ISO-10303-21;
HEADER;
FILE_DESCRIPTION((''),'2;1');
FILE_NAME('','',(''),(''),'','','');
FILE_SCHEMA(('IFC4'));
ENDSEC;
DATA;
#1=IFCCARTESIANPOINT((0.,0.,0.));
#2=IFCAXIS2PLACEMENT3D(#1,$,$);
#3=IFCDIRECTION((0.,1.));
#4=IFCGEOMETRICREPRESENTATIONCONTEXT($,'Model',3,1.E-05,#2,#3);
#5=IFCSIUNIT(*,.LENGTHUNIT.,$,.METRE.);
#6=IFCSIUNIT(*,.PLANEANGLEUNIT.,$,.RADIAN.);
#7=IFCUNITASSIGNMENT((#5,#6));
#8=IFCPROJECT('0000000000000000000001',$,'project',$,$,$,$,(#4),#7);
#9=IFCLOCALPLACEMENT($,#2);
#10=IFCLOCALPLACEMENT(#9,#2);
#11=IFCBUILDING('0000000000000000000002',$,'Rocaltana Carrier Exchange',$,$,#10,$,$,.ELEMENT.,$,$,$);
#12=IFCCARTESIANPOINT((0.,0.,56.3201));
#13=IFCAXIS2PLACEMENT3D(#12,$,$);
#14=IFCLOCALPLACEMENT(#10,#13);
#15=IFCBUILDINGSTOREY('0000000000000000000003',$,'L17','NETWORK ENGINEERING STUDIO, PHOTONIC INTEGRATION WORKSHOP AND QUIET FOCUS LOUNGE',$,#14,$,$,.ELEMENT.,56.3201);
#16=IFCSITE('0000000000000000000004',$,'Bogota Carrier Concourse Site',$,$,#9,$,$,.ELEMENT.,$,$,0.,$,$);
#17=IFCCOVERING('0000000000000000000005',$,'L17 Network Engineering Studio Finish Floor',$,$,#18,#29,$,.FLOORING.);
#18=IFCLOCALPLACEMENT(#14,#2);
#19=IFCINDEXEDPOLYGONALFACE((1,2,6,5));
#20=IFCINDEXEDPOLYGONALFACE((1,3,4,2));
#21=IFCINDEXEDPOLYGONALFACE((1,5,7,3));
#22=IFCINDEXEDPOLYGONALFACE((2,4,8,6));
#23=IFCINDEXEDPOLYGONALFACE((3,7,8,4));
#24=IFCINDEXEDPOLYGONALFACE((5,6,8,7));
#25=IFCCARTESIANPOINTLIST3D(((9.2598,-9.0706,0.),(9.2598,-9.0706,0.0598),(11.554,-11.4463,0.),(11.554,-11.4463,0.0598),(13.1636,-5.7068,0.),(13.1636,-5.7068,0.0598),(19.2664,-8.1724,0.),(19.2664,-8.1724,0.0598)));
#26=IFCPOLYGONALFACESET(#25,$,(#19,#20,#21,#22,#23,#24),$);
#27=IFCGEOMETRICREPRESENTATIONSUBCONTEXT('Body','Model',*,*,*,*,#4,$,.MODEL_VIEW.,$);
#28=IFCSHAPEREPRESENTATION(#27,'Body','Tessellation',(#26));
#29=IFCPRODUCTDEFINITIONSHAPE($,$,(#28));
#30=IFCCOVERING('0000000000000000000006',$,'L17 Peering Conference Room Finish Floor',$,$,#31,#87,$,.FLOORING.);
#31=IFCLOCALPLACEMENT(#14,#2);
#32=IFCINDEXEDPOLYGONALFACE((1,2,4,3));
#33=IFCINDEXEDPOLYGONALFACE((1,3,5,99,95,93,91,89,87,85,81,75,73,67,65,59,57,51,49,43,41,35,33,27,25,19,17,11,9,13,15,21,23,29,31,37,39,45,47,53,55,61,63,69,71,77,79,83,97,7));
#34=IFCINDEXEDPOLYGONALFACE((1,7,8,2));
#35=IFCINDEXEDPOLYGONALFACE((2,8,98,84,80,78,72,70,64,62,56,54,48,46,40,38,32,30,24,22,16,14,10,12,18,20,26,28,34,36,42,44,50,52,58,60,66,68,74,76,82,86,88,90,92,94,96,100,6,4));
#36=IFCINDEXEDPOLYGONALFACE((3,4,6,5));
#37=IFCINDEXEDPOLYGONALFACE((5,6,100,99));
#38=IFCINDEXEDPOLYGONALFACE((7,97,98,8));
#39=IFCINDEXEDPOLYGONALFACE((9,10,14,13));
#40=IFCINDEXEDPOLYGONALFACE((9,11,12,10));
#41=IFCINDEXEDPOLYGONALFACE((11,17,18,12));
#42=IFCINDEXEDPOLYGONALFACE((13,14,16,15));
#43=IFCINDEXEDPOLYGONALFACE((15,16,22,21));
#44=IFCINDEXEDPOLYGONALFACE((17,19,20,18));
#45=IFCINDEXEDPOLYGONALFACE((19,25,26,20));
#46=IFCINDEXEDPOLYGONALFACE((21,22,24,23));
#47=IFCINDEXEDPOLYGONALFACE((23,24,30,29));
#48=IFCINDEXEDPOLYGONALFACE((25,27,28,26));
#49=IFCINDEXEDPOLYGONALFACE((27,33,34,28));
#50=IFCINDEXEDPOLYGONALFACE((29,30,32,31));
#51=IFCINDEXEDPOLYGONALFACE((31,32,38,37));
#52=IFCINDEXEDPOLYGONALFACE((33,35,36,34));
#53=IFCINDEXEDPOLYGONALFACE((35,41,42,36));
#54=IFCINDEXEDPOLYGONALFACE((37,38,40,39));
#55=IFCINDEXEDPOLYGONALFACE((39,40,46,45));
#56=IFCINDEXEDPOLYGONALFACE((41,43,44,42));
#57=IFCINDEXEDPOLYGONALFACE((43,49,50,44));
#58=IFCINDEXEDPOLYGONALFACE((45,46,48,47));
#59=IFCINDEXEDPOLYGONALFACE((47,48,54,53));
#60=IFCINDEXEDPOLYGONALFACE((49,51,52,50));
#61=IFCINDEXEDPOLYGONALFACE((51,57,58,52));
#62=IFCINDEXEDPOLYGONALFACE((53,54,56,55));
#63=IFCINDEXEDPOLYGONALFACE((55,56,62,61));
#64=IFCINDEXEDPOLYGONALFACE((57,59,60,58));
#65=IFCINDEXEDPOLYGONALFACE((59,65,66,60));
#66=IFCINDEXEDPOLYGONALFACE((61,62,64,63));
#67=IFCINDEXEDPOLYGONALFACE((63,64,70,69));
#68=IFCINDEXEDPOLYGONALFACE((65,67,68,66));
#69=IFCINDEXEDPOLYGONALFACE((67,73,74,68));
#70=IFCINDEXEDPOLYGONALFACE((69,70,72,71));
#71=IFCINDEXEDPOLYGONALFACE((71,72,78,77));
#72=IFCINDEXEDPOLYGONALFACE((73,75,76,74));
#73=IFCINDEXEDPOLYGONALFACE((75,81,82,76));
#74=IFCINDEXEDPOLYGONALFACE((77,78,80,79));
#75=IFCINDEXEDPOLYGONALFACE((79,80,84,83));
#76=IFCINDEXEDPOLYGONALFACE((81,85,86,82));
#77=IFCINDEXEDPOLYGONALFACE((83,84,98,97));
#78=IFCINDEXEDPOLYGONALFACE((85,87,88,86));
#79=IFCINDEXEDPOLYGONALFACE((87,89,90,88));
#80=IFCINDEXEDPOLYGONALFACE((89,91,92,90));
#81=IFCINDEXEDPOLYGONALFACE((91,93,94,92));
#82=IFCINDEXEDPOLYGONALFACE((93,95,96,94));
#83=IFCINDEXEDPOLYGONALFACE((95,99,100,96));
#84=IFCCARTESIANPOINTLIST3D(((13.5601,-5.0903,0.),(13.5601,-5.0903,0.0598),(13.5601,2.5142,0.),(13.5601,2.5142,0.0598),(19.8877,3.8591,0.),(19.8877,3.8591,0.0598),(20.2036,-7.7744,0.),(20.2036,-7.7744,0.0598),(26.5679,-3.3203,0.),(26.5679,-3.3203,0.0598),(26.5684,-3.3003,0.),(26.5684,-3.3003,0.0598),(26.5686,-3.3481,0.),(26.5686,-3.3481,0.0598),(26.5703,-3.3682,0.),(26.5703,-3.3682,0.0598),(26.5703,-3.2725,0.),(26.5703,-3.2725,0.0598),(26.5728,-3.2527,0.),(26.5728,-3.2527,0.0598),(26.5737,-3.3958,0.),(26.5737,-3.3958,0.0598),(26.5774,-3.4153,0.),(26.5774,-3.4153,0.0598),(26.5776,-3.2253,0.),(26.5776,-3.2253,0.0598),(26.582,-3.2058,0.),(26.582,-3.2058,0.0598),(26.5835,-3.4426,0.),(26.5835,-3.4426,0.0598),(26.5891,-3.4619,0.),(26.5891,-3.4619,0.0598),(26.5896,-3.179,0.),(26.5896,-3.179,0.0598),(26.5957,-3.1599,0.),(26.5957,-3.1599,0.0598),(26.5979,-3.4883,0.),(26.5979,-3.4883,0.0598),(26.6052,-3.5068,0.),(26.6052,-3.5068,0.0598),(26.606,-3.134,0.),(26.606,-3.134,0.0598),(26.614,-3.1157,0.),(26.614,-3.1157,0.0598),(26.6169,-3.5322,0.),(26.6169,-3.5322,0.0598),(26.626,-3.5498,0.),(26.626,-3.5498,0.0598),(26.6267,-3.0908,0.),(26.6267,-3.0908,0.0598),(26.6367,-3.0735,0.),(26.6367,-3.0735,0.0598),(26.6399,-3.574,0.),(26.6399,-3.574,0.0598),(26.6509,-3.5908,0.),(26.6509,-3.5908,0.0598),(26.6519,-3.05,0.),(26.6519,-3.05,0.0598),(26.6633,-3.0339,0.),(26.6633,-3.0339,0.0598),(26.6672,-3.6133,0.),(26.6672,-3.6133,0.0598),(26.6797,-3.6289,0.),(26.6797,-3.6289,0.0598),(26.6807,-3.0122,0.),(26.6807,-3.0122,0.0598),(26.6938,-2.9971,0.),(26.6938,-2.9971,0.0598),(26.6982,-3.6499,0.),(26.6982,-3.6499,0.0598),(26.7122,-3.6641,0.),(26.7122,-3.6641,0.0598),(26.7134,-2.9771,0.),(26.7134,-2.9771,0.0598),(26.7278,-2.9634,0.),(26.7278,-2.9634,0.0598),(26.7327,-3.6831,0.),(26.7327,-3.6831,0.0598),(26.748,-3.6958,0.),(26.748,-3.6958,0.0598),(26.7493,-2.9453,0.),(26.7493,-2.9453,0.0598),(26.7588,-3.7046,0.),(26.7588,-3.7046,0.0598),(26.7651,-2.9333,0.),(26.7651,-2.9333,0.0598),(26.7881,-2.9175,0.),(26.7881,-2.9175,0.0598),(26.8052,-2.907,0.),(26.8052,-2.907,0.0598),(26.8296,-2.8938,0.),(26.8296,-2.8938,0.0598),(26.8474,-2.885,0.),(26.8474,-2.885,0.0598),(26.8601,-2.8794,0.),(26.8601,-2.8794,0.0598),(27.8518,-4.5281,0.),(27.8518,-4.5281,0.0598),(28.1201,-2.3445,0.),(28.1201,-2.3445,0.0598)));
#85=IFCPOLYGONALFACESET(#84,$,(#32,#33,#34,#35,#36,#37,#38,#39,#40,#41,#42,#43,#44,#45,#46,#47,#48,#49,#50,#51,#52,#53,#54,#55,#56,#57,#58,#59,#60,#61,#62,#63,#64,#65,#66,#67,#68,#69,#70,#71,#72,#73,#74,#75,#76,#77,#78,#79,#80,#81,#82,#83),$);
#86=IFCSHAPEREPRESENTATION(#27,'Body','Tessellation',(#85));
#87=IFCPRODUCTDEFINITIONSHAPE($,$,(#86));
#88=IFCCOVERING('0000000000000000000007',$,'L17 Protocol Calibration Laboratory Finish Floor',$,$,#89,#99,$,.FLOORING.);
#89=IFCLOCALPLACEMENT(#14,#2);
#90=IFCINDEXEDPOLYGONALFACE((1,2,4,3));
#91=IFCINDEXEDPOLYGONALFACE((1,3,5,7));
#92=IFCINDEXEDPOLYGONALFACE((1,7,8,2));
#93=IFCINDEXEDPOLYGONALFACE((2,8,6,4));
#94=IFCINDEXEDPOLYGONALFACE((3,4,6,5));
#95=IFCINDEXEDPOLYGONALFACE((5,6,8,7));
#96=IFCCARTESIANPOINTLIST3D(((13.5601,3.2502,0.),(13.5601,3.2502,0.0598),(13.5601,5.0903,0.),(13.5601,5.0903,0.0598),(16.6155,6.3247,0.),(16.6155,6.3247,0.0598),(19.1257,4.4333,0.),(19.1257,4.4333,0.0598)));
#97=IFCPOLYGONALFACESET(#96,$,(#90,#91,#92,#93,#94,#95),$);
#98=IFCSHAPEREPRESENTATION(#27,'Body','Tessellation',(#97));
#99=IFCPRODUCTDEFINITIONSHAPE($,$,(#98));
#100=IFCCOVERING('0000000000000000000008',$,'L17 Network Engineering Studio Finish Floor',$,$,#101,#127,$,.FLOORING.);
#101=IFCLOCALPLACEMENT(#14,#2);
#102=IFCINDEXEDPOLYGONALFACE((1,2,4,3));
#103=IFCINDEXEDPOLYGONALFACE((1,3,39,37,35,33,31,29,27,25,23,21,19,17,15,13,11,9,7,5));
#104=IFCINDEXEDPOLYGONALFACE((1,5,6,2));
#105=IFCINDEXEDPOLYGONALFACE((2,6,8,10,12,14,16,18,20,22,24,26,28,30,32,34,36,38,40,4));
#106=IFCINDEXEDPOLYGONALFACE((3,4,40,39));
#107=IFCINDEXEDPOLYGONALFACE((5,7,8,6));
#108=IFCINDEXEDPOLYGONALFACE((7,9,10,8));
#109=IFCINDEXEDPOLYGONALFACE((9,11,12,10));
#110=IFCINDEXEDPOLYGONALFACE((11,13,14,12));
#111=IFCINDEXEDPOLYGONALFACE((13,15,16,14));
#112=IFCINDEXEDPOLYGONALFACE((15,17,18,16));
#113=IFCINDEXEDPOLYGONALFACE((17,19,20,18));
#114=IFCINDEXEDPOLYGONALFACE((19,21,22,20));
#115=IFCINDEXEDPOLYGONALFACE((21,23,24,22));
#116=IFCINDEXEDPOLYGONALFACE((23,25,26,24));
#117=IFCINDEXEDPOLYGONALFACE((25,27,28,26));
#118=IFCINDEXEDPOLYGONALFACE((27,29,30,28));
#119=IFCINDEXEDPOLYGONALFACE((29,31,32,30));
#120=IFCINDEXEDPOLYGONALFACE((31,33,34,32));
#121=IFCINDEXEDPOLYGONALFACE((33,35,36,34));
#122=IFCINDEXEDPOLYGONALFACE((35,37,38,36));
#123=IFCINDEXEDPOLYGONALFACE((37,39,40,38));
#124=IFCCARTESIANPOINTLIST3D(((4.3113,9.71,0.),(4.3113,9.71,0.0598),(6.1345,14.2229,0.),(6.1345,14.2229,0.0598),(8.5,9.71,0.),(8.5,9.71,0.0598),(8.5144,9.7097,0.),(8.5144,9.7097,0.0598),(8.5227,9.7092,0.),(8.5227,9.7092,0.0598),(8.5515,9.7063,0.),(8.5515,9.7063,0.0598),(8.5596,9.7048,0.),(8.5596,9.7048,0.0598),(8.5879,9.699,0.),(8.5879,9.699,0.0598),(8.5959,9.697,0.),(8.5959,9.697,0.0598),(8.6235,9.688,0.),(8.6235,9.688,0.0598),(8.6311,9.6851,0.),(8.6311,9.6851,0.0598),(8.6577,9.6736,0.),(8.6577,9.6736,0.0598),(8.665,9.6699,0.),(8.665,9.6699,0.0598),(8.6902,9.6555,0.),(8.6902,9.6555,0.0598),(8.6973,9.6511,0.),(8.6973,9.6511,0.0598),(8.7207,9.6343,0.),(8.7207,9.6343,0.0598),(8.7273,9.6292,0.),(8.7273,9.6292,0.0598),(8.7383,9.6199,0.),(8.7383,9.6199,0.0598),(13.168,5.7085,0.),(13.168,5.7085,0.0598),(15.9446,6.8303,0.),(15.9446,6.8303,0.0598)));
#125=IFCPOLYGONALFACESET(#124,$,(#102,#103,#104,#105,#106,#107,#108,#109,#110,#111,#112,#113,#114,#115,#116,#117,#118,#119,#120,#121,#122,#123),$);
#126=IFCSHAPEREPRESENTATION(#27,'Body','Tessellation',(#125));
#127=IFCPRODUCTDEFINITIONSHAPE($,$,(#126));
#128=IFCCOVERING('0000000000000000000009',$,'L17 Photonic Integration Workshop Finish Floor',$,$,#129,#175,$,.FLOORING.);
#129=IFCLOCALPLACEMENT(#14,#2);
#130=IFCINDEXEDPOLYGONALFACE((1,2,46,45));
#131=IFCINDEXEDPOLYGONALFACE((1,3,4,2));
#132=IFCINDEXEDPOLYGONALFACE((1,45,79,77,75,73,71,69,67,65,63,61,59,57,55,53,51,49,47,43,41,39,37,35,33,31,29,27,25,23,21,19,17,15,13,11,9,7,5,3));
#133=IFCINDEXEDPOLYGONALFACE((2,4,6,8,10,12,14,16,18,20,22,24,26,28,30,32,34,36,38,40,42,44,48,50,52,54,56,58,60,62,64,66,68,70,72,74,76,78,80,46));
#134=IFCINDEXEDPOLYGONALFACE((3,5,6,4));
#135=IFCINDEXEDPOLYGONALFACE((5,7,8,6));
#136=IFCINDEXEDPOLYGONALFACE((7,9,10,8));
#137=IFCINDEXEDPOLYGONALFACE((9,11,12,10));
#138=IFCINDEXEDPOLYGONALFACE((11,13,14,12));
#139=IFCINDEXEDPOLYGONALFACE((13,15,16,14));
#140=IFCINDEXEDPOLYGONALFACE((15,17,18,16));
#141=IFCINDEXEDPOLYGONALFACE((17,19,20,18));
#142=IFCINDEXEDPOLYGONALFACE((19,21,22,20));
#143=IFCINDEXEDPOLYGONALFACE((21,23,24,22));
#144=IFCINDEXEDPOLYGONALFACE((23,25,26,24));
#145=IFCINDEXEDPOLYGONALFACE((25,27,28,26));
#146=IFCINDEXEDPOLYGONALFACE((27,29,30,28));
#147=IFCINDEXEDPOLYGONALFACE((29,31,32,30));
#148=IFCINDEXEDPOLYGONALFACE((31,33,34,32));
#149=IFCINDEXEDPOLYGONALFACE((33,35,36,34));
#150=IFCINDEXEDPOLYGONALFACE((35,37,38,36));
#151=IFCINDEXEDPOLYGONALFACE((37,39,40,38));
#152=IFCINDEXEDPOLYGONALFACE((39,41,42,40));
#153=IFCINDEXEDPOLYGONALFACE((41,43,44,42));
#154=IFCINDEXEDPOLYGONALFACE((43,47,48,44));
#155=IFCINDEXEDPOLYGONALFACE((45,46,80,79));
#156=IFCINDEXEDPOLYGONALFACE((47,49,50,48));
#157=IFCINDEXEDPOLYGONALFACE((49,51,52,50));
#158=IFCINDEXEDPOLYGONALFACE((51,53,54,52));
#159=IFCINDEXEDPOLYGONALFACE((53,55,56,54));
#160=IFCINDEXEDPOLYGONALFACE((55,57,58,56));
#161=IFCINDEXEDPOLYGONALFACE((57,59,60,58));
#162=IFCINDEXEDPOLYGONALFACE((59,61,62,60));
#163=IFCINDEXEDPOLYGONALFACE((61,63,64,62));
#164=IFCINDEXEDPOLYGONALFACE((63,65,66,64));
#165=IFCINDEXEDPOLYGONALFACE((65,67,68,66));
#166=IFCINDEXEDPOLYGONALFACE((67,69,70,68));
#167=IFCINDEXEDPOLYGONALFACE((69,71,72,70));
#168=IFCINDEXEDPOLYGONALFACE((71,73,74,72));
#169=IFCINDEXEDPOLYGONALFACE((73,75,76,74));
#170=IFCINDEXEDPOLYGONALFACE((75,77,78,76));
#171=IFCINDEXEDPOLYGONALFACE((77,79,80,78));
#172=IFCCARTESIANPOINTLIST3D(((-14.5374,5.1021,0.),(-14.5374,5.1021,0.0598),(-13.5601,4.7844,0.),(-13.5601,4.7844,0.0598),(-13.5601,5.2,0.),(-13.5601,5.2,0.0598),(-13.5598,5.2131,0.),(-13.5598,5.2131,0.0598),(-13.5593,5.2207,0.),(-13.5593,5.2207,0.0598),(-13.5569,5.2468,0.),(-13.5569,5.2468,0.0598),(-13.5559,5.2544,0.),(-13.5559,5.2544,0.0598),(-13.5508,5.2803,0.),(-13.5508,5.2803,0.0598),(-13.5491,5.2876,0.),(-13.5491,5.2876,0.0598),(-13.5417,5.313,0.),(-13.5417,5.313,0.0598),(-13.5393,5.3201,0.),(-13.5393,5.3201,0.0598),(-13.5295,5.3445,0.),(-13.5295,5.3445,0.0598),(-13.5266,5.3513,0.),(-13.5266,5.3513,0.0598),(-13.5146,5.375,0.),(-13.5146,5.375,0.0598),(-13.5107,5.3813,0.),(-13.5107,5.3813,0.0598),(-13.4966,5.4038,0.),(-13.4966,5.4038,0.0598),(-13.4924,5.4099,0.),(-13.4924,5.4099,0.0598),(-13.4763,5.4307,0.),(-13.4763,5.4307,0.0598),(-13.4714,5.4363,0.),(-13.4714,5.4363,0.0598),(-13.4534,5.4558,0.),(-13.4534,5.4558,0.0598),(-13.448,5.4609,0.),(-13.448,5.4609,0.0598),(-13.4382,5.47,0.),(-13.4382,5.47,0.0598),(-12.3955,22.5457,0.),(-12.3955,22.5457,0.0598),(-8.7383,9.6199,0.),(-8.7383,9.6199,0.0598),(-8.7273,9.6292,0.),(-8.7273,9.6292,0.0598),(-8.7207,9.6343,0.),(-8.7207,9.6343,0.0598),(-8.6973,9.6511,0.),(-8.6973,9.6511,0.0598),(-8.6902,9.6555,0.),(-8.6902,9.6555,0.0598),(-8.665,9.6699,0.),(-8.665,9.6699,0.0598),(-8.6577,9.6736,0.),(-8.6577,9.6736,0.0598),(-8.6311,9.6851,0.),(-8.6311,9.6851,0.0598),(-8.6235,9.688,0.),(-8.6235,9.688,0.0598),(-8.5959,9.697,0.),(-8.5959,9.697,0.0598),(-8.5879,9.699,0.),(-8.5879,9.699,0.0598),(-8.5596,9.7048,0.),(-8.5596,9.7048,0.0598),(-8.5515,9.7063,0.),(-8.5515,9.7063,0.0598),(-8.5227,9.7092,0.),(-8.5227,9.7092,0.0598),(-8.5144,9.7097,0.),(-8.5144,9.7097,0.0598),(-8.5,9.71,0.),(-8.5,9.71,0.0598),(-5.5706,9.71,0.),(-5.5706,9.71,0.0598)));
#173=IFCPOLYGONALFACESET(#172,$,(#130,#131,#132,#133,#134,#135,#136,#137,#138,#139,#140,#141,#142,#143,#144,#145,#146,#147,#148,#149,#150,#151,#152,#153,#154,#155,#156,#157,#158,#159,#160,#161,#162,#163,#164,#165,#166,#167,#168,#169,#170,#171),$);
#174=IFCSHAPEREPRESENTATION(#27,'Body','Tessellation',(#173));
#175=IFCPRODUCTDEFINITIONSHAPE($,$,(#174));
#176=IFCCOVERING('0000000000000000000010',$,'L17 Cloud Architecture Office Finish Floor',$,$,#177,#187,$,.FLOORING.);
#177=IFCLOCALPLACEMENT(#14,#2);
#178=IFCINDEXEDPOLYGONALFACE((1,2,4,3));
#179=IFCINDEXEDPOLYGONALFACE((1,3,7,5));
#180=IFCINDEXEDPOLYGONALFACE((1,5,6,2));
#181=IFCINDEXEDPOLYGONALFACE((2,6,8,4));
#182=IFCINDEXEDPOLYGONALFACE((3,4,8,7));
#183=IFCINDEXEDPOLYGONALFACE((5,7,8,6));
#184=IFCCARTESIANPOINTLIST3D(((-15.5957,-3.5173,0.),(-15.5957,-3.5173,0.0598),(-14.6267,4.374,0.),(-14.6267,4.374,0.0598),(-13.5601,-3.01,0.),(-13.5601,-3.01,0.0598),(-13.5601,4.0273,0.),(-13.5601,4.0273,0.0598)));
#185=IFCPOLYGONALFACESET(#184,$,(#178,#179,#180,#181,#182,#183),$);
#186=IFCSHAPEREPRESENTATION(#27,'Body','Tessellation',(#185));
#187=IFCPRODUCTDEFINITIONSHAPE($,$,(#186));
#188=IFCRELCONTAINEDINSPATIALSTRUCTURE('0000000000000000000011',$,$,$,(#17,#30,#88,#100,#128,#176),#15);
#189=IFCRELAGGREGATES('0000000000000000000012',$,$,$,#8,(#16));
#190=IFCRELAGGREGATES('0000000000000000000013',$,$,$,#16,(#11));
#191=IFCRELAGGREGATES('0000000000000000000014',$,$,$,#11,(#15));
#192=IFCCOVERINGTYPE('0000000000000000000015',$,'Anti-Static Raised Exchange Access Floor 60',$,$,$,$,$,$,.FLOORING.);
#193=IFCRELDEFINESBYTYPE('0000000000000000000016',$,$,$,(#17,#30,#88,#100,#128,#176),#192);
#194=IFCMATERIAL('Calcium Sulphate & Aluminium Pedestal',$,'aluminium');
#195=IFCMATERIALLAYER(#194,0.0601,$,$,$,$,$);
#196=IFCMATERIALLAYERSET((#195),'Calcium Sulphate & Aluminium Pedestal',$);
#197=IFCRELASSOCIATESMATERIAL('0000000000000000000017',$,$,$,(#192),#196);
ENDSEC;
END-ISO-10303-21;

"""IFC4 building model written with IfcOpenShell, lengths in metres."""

from ifc_helpers import new_model, si_unit, direction, frame, origin, place, context, subcontext, project, spatial, polyline, outline, extrude, material, layer, layer_set, type_object, element, save


model = new_model("IFC4")

# Units and contexts
model_context = context("Model", 3, precision=1e-05, world=origin(), true_north=direction((0.0, 1.0)))
body_context = subcontext(model_context, "Body", "Model", "MODEL_VIEW")
ifc_project = project(units=[si_unit("LENGTHUNIT", "METRE"), si_unit("PLANEANGLEUNIT", "RADIAN")], contexts=[model_context])

# Site, building, storey
site_placement = place(None, origin())
site = spatial("IfcSite", under=ifc_project, at=site_placement, Name="Bogota Carrier Concourse Site", CompositionType="ELEMENT", RefElevation=0.0)
building_placement = place(site_placement, origin())
building = spatial("IfcBuilding", under=site, at=building_placement, Name="Rocaltana Carrier Exchange", CompositionType="ELEMENT")
storey_placement = place(building_placement, frame((0.0, 0.0, 56.3201)))
storey = spatial("IfcBuildingStorey", under=building, at=storey_placement, Name="L17", Description="NETWORK ENGINEERING STUDIO, PHOTONIC INTEGRATION WORKSHOP AND QUIET FOCUS LOUNGE", CompositionType="ELEMENT", Elevation=56.3201)

# Coverings
ifc_material_1 = material(Name="Calcium Sulphate & Aluminium Pedestal", Category="aluminium")
ifc_layer_1 = layer(ifc_material_1, 0.0601)
ifc_layer_set_1 = layer_set([ifc_layer_1], Name="Calcium Sulphate & Aluminium Pedestal")
covering_type_1 = type_object("IfcCoveringType", Name="Anti-Static Raised Exchange Access Floor 60", PredefinedType="FLOORING", material=ifc_layer_set_1)
covering_1_placement = place(storey_placement, origin())
element("IfcCovering", 1, at=covering_1_placement, inside=storey, type_object=covering_type_1, Name="L17 Network Engineering Studio Finish Floor", PredefinedType="FLOORING", context=body_context, shape_type="SweptSolid", body=[
    extrude(outline(polyline([(11.554, -11.4463), (9.2598, -9.0706), (13.1636, -5.7068), (19.2664, -8.1724), (11.554, -11.4463)])), origin(), (0.0, 0.0, 1.0), 0.0598),
])
covering_2_placement = place(storey_placement, origin())
element("IfcCovering", 2, at=covering_2_placement, inside=storey, type_object=covering_type_1, Name="L17 Peering Conference Room Finish Floor", PredefinedType="FLOORING", context=body_context, shape_type="SweptSolid", body=[
    extrude(outline(polyline([(13.5601, -5.0903), (13.5601, 2.5142), (19.8877, 3.8591), (28.1201, -2.3445), (26.8601, -2.8794), (26.8474, -2.885), (26.8296, -2.8938), (26.8052, -2.907), (26.7881, -2.9175), (26.7651, -2.9333), (26.7493, -2.9453), (26.7278, -2.9634), (26.7134, -2.9771), (26.6938, -2.9971), (26.6807, -3.0122), (26.6633, -3.0339), (26.6519, -3.05), (26.6367, -3.0735), (26.6267, -3.0908), (26.614, -3.1157), (26.606, -3.134), (26.5957, -3.1599), (26.5896, -3.179), (26.582, -3.2058), (26.5776, -3.2253), (26.5728, -3.2527), (26.5703, -3.2725), (26.5684, -3.3003), (26.5679, -3.3203), (26.5686, -3.3481), (26.5703, -3.3682), (26.5737, -3.3958), (26.5774, -3.4153), (26.5835, -3.4426), (26.5891, -3.4619), (26.5979, -3.4883), (26.6052, -3.5068), (26.6169, -3.5322), (26.626, -3.5498), (26.6399, -3.574), (26.6509, -3.5908), (26.6672, -3.6133), (26.6797, -3.6289), (26.6982, -3.6499), (26.7122, -3.6641), (26.7327, -3.6831), (26.748, -3.6958), (26.7588, -3.7046), (27.8518, -4.5281), (20.2036, -7.7744), (13.5601, -5.0903)])), origin(), (0.0, 0.0, 1.0), 0.0598),
])
covering_3_placement = place(storey_placement, origin())
element("IfcCovering", 3, at=covering_3_placement, inside=storey, type_object=covering_type_1, Name="L17 Protocol Calibration Laboratory Finish Floor", PredefinedType="FLOORING", context=body_context, shape_type="SweptSolid", body=[
    extrude(outline(polyline([(13.5601, 5.0903), (16.6155, 6.3247), (19.1257, 4.4333), (13.5601, 3.2502), (13.5601, 5.0903)])), origin(), (0.0, 0.0, 1.0), 0.0598),
])
covering_4_placement = place(storey_placement, origin())
element("IfcCovering", 4, at=covering_4_placement, inside=storey, type_object=covering_type_1, Name="L17 Network Engineering Studio Finish Floor", PredefinedType="FLOORING", context=body_context, shape_type="SweptSolid", body=[
    extrude(outline(polyline([(15.9446, 6.8303), (13.168, 5.7085), (8.7383, 9.6199), (8.7273, 9.6292), (8.7207, 9.6343), (8.6973, 9.6511), (8.6902, 9.6555), (8.665, 9.6699), (8.6577, 9.6736), (8.6311, 9.6851), (8.6235, 9.688), (8.5959, 9.697), (8.5879, 9.699), (8.5596, 9.7048), (8.5515, 9.7063), (8.5227, 9.7092), (8.5144, 9.7097), (8.5, 9.71), (4.3113, 9.71), (6.1345, 14.2229), (15.9446, 6.8303)])), origin(), (0.0, 0.0, 1.0), 0.0598),
])
covering_5_placement = place(storey_placement, origin())
element("IfcCovering", 5, at=covering_5_placement, inside=storey, type_object=covering_type_1, Name="L17 Photonic Integration Workshop Finish Floor", PredefinedType="FLOORING", context=body_context, shape_type="SweptSolid", body=[
    extrude(outline(polyline([(-12.3955, 22.5457), (-5.5706, 9.71), (-8.5, 9.71), (-8.5144, 9.7097), (-8.5227, 9.7092), (-8.5515, 9.7063), (-8.5596, 9.7048), (-8.5879, 9.699), (-8.5959, 9.697), (-8.6235, 9.688), (-8.6311, 9.6851), (-8.6577, 9.6736), (-8.665, 9.6699), (-8.6902, 9.6555), (-8.6973, 9.6511), (-8.7207, 9.6343), (-8.7273, 9.6292), (-8.7383, 9.6199), (-13.4382, 5.47), (-13.448, 5.4609), (-13.4534, 5.4558), (-13.4714, 5.4363), (-13.4763, 5.4307), (-13.4924, 5.4099), (-13.4966, 5.4038), (-13.5107, 5.3813), (-13.5146, 5.375), (-13.5266, 5.3513), (-13.5295, 5.3445), (-13.5393, 5.3201), (-13.5417, 5.313), (-13.5491, 5.2876), (-13.5508, 5.2803), (-13.5559, 5.2544), (-13.5569, 5.2468), (-13.5593, 5.2207), (-13.5598, 5.2131), (-13.5601, 5.2), (-13.5601, 4.7844), (-14.5374, 5.1021), (-12.3955, 22.5457)])), origin(), (0.0, 0.0, 1.0), 0.0598),
])
covering_6_placement = place(storey_placement, origin())
element("IfcCovering", 6, at=covering_6_placement, inside=storey, type_object=covering_type_1, Name="L17 Cloud Architecture Office Finish Floor", PredefinedType="FLOORING", context=body_context, shape_type="SweptSolid", body=[
    extrude(outline(polyline([(-14.6267, 4.374), (-13.5601, 4.0273), (-13.5601, -3.01), (-15.5957, -3.5173), (-14.6267, 4.374)])), origin(), (0.0, 0.0, 1.0), 0.0598),
])

save(model, "model.ifc")
